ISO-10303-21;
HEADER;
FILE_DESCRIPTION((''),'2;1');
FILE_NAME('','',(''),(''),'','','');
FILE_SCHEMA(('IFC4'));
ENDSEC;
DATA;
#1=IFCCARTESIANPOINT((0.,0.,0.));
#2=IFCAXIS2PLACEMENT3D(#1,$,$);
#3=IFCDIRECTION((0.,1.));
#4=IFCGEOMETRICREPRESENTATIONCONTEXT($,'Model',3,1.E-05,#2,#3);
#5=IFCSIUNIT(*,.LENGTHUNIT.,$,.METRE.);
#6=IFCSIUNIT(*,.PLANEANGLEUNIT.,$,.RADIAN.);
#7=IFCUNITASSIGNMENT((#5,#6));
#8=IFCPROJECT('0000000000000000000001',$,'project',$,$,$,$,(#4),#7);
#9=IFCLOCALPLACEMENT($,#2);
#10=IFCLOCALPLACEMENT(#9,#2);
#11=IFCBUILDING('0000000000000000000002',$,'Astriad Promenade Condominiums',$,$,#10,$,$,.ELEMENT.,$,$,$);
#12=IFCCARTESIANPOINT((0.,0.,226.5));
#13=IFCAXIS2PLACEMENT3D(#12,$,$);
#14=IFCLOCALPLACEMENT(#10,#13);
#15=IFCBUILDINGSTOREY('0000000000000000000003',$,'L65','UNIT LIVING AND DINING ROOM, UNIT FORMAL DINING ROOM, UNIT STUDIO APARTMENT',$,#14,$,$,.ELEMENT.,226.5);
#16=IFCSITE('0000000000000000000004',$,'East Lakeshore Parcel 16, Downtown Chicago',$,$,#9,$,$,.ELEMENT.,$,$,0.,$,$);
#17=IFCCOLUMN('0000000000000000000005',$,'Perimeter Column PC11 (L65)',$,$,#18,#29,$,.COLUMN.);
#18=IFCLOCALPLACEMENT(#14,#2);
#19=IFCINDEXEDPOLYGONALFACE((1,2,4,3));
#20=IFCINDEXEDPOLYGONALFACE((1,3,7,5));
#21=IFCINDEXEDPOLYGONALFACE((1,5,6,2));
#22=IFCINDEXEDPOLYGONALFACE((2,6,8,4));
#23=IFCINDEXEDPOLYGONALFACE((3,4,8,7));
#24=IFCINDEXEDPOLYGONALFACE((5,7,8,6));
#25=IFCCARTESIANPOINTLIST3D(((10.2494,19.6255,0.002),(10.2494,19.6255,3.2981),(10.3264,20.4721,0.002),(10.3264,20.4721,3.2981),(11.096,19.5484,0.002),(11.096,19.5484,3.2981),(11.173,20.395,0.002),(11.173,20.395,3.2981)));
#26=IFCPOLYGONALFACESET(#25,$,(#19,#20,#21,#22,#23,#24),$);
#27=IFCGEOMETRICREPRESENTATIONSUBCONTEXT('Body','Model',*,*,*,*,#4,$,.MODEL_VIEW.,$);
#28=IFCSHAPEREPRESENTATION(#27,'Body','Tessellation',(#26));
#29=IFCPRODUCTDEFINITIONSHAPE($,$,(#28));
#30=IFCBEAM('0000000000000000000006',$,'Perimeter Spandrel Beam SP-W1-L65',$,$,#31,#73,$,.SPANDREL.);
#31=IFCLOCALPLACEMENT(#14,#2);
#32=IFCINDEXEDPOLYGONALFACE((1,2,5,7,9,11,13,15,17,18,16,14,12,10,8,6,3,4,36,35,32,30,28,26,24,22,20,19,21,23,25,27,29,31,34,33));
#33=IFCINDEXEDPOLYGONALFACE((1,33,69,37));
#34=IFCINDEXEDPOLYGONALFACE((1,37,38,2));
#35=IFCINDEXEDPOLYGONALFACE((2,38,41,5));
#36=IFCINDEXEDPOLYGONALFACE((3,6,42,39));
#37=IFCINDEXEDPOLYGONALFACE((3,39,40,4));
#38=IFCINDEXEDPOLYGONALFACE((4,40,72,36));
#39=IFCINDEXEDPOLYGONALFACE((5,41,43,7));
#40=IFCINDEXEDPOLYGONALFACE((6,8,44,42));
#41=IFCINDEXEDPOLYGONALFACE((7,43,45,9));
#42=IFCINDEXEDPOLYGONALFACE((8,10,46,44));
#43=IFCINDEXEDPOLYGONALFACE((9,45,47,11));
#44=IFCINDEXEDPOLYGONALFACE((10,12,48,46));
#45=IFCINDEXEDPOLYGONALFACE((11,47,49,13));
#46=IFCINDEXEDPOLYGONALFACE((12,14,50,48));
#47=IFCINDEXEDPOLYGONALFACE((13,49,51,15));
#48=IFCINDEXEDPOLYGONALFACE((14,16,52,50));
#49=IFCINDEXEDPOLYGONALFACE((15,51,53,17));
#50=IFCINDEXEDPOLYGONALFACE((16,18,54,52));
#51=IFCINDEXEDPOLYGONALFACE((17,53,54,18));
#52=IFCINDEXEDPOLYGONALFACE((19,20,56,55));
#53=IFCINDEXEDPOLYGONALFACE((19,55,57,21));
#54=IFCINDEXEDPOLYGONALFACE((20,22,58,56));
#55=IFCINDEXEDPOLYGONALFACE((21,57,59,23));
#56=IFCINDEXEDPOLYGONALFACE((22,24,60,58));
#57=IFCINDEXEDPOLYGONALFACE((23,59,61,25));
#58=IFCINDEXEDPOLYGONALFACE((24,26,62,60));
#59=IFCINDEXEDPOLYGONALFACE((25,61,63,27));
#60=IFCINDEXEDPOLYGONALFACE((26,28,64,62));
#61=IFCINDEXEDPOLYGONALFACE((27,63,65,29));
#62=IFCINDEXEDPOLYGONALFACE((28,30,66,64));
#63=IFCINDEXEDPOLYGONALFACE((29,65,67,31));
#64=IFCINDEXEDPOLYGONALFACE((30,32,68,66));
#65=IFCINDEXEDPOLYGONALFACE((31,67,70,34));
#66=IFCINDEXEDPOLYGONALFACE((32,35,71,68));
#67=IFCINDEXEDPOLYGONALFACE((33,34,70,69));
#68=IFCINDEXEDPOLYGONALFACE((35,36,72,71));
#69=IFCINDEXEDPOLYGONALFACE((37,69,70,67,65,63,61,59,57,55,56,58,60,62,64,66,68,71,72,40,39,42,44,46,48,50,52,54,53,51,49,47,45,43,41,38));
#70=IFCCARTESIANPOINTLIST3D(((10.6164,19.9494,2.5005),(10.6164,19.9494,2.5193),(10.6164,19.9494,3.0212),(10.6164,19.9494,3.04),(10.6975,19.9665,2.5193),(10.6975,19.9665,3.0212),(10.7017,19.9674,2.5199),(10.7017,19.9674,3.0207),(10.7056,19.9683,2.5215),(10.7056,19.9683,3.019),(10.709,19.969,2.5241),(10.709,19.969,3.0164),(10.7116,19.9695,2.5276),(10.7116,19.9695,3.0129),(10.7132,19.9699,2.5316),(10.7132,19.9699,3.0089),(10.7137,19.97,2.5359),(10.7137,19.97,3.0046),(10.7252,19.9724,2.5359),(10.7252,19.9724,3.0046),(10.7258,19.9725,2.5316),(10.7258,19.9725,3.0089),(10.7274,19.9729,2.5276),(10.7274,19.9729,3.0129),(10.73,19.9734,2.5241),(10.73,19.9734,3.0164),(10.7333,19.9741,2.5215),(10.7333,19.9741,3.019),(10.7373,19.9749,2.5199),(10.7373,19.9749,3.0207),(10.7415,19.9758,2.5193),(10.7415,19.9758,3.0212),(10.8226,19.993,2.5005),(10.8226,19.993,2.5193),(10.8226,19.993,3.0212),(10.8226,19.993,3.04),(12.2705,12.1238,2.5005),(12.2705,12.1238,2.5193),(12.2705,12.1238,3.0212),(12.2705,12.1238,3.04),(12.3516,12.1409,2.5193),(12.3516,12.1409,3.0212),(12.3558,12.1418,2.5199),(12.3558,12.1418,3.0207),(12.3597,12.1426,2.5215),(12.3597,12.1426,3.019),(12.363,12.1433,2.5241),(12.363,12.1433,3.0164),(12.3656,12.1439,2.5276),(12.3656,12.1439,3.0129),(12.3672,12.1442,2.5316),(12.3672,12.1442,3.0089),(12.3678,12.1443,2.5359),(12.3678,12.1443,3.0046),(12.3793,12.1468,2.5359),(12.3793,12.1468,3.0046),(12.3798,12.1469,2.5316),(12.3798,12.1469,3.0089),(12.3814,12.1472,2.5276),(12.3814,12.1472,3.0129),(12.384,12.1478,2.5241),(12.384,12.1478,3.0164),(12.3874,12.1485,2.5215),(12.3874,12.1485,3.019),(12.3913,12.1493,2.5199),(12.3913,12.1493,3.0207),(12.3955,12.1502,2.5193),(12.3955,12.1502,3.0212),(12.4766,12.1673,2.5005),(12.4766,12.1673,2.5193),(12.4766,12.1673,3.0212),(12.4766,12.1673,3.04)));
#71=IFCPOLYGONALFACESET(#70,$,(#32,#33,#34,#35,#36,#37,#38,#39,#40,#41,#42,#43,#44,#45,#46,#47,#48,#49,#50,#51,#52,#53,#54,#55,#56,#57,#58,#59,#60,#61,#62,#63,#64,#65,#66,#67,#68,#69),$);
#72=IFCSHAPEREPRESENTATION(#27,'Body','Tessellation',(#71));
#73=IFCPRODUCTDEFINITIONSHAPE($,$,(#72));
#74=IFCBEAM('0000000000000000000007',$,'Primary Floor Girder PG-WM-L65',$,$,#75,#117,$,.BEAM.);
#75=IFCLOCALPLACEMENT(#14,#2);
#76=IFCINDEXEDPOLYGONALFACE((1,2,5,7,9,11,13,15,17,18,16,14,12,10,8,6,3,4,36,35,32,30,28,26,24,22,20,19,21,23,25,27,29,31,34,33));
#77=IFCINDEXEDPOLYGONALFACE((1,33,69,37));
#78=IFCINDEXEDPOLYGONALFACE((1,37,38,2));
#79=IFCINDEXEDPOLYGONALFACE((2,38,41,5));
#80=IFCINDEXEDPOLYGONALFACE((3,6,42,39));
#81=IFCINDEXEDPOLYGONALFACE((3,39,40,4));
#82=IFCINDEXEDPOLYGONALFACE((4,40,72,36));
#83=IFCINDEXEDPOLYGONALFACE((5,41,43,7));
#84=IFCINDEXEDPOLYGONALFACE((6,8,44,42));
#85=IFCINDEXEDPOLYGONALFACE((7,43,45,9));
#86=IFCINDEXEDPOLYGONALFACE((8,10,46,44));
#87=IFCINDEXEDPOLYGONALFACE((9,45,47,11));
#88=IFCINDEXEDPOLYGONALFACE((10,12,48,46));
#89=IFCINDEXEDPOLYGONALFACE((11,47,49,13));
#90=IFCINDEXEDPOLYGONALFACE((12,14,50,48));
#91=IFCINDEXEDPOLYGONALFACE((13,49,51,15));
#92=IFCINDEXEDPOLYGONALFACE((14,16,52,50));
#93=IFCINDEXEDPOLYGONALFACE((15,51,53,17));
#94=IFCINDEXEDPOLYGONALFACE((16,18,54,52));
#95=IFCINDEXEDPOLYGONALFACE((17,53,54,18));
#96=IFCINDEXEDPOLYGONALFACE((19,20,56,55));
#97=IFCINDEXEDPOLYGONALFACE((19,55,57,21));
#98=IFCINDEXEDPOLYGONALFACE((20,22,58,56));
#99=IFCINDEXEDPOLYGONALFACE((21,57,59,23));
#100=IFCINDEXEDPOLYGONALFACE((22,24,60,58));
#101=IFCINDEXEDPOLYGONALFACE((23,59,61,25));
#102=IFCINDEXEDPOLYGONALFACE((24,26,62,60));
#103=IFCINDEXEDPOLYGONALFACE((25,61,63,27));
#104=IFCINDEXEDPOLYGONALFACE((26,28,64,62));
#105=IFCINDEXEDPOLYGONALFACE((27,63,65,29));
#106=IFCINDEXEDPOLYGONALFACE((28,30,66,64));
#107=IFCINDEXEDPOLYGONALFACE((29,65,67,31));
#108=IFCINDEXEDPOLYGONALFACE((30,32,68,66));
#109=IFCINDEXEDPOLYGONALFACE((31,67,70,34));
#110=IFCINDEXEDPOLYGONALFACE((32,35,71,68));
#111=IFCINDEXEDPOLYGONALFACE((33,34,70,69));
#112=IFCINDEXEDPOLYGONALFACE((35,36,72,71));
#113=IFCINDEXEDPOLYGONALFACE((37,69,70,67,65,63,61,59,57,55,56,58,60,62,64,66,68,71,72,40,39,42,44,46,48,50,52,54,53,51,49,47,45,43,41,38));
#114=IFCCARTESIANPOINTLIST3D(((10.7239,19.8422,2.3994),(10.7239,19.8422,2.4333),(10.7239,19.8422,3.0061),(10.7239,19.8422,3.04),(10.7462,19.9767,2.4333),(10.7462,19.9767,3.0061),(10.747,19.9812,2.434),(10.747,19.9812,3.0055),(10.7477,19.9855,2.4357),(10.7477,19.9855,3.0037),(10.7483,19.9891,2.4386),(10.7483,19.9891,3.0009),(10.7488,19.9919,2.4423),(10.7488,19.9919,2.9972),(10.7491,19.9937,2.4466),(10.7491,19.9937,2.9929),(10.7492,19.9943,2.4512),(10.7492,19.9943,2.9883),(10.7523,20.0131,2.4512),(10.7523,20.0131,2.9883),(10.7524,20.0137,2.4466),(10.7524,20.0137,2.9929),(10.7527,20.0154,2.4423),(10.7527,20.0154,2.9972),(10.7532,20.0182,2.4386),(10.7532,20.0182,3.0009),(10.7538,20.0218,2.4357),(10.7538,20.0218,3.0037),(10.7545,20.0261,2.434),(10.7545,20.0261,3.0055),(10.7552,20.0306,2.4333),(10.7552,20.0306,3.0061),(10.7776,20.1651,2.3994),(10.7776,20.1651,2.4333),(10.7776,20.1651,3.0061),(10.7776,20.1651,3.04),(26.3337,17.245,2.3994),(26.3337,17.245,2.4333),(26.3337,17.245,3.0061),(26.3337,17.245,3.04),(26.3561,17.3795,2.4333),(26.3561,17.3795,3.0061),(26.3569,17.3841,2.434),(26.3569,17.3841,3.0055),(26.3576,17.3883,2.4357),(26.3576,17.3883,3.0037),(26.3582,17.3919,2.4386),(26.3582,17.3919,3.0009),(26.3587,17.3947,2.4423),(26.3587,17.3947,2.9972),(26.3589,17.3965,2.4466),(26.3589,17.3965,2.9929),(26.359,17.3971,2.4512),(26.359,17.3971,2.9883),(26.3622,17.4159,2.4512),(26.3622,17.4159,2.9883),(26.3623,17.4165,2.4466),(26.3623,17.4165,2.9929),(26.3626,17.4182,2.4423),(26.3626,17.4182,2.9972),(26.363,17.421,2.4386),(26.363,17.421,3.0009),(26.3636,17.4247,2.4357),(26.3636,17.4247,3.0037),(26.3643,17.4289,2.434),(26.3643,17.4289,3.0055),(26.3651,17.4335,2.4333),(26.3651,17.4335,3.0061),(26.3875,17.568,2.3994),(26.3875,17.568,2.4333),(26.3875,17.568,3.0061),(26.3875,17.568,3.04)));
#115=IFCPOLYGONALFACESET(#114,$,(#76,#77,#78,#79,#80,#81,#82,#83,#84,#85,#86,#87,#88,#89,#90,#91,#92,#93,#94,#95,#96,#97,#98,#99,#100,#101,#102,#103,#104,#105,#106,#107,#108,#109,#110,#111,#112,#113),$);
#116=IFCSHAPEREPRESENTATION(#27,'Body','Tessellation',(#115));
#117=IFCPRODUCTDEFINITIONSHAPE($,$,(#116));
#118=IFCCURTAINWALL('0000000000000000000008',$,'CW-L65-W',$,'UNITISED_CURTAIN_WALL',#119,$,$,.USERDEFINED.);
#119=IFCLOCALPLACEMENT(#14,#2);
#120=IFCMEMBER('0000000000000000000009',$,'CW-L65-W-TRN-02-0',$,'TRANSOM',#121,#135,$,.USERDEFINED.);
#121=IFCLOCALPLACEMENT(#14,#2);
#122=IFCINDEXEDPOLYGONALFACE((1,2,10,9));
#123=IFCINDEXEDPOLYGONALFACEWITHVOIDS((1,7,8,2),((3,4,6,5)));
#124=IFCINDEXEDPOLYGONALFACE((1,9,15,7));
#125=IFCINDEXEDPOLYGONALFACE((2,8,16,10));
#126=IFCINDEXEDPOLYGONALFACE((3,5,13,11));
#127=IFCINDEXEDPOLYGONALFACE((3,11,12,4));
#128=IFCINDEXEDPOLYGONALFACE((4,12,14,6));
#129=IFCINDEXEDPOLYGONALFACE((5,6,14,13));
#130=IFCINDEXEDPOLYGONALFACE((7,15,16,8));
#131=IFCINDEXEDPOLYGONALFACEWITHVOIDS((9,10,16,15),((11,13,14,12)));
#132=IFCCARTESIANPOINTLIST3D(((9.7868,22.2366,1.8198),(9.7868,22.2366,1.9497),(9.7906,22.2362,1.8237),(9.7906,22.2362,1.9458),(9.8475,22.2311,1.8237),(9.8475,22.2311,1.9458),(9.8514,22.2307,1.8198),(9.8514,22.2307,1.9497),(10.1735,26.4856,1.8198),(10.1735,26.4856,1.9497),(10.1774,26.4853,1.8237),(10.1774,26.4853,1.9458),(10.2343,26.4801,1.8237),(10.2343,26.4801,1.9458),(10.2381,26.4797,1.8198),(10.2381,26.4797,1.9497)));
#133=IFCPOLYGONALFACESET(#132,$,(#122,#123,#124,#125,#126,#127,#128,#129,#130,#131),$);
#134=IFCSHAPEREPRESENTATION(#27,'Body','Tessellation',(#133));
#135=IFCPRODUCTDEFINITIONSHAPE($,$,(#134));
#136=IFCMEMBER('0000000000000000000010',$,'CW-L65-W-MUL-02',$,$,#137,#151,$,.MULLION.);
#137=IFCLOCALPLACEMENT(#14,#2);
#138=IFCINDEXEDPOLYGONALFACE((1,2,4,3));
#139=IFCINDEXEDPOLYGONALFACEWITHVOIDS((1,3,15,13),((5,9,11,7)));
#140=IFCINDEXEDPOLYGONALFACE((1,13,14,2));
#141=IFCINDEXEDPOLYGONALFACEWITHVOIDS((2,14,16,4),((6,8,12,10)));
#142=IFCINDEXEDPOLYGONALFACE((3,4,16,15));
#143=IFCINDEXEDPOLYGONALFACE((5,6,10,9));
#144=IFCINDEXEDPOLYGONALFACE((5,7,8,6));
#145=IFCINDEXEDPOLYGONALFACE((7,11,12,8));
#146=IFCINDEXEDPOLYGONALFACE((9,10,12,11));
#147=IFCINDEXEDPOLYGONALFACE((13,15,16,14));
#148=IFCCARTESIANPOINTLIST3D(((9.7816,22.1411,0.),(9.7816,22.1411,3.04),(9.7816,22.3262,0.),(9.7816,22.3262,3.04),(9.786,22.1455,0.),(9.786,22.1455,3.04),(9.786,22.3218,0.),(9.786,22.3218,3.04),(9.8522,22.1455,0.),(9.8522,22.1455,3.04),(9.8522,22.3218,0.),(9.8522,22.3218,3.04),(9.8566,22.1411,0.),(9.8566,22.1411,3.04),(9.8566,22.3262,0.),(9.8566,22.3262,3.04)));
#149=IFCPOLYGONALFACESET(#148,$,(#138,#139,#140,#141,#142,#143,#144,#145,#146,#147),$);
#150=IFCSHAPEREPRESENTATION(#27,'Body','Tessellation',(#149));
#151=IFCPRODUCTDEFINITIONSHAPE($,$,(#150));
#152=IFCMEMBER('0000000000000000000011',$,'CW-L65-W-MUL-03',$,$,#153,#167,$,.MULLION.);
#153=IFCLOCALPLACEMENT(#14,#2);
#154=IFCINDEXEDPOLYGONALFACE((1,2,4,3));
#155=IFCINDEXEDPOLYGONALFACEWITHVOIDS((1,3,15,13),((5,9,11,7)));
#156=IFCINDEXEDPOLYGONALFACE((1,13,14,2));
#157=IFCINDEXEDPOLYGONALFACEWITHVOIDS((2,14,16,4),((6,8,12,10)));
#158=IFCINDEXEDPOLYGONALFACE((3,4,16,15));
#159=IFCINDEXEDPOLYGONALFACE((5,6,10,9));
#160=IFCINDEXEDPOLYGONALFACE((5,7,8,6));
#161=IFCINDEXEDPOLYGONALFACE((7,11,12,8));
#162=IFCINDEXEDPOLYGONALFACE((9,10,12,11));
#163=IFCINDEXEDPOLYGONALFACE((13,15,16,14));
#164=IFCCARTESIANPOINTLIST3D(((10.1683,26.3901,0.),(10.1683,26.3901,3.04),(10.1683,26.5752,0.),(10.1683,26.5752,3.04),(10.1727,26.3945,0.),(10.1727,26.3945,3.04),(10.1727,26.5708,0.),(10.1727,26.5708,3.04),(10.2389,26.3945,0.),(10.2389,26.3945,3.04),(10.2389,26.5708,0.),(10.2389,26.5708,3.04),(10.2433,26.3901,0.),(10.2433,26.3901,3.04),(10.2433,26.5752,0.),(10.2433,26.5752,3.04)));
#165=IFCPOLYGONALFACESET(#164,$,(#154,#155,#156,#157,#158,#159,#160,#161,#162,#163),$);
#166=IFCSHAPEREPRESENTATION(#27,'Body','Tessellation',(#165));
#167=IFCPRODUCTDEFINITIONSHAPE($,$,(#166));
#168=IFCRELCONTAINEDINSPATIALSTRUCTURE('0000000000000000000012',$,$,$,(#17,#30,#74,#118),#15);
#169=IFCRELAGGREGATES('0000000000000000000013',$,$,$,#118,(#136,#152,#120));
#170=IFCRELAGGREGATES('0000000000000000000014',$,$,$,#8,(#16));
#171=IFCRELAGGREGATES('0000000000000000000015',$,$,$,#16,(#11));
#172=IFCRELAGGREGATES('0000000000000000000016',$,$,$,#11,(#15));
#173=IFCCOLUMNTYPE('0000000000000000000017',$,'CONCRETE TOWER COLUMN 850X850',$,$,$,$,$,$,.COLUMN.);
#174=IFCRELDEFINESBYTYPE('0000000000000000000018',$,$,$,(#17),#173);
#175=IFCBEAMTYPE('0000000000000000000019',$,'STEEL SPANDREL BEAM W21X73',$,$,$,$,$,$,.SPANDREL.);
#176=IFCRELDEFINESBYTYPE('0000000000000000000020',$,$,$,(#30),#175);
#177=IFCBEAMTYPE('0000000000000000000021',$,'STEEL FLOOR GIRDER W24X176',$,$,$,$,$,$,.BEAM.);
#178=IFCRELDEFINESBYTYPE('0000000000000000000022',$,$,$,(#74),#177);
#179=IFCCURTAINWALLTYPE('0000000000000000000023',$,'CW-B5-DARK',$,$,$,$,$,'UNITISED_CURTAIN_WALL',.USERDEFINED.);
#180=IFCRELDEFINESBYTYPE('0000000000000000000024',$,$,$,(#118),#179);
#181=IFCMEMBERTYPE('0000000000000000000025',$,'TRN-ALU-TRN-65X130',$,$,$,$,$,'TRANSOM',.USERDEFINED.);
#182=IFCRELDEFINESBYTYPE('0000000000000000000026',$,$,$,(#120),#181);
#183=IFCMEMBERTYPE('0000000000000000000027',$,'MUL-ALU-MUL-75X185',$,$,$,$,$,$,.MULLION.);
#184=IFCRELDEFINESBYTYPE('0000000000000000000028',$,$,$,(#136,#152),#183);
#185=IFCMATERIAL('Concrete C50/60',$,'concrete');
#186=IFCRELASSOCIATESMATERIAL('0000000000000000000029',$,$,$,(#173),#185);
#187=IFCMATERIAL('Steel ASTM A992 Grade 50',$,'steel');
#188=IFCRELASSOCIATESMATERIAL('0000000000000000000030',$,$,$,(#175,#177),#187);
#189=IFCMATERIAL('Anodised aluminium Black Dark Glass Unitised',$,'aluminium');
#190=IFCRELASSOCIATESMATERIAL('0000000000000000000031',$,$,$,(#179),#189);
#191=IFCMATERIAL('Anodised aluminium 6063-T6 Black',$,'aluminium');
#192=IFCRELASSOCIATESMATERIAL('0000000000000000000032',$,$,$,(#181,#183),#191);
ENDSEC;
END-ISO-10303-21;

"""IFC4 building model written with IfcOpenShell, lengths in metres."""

from ifc_helpers import new_model, si_unit, direction, frame, origin, origin_2d, place, context, subcontext, project, spatial, rectangle, hollow_rectangle, i_section, extrude, source, transform, mapped, material, material_profile, profile_set, type_object, type_shapes, element, aggregate, save


model = new_model("IFC4")

# Units and contexts
model_context = context("Model", 3, precision=1e-05, world=origin(), true_north=direction((0.0, 1.0)))
body_context = subcontext(model_context, "Body", "Model", "MODEL_VIEW")
ifc_project = project(units=[si_unit("LENGTHUNIT", "METRE"), si_unit("PLANEANGLEUNIT", "RADIAN")], contexts=[model_context])

# Site, building, storey
site_placement = place(None, origin())
site = spatial("IfcSite", under=ifc_project, at=site_placement, Name="East Lakeshore Parcel 16, Downtown Chicago", CompositionType="ELEMENT", RefElevation=0.0)
building_placement = place(site_placement, origin())
building = spatial("IfcBuilding", under=site, at=building_placement, Name="Astriad Promenade Condominiums", CompositionType="ELEMENT")
storey_placement = place(building_placement, frame((0.0, 0.0, 226.5)))
storey = spatial("IfcBuildingStorey", under=building, at=storey_placement, Name="L65", Description="UNIT LIVING AND DINING ROOM, UNIT FORMAL DINING ROOM, UNIT STUDIO APARTMENT", CompositionType="ELEMENT", Elevation=226.5)

# Column
ifc_material_1 = material(Name="Concrete C50/60", Category="concrete")
ifc_material_profile_1 = material_profile(ifc_material_1, rectangle(XDim=0.8501, YDim=0.8501, at=origin_2d()), Name="RC-COL-850X850")
ifc_profile_set_1 = profile_set([ifc_material_profile_1], Name="Concrete C50/60")
column_type = type_object("IfcColumnType", Name="CONCRETE TOWER COLUMN 850X850", PredefinedType="COLUMN", material=ifc_profile_set_1)
shared_shape_1 = source(origin(), body_context, "Body", "SweptSolid", [
    extrude(rectangle(XDim=0.8501, YDim=0.8501, at=origin_2d()), origin(), (0.0, 0.0, 1.0), 3.2961),
])
type_shapes(column_type, [shared_shape_1])
column_placement = place(storey_placement, frame((10.7112, 20.0103, 0.002), z_axis=(0.0, 0.0, 1.0), x_axis=(0.995884, -0.090633, 0.0)))
element("IfcColumn", 1, at=column_placement, inside=storey, type_object=column_type, Name="Perimeter Column PC11 (L65)", PredefinedType="COLUMN", context=body_context, shape_type="MappedRepresentation", body=[
    mapped(shared_shape_1, transform((0.0, 0.0, 0.0), scale=1.0)),
])

# Beams
ifc_material_2 = material(Name="Steel ASTM A992 Grade 50", Category="steel")
ifc_material_profile_2 = material_profile(ifc_material_2, i_section(OverallWidth=0.2107, OverallDepth=0.5396, WebThickness=0.0117, FlangeThickness=0.0188, FilletRadius=0.0166, at=origin_2d()), Name="W21X73")
ifc_profile_set_2 = profile_set([ifc_material_profile_2], Name="Steel ASTM A992 Grade 50")
beam_type_1 = type_object("IfcBeamType", Name="STEEL SPANDREL BEAM W21X73", PredefinedType="SPANDREL", material=ifc_profile_set_2)
shared_shape_2 = source(origin(), body_context, "Body", "SweptSolid", [
    extrude(i_section(OverallWidth=0.2107, OverallDepth=0.5396, WebThickness=0.0117, FlangeThickness=0.0188, FilletRadius=0.0166, at=origin_2d()), origin(), (0.0, 0.0, 1.0), 7.9985),
])
type_shapes(beam_type_1, [shared_shape_2])
beam_1_placement = place(storey_placement, frame((10.7195, 19.9712, 2.7703), z_axis=(0.206793, -0.978385, 0.0), x_axis=(0.978385, 0.206793, 0.0)))
element("IfcBeam", 2, at=beam_1_placement, inside=storey, type_object=beam_type_1, Name="Perimeter Spandrel Beam SP-W1-L65", PredefinedType="SPANDREL", context=body_context, shape_type="MappedRepresentation", body=[
    mapped(shared_shape_2, transform((0.0, 0.0, 0.0), scale=1.0)),
])
ifc_material_profile_3 = material_profile(ifc_material_2, i_section(OverallWidth=0.3274, OverallDepth=0.6406, WebThickness=0.019, FlangeThickness=0.0339, FilletRadius=0.0178, at=origin_2d()), Name="W24X176")
ifc_profile_set_3 = profile_set([ifc_material_profile_3], Name="Steel ASTM A992 Grade 50")
beam_type_2 = type_object("IfcBeamType", Name="STEEL FLOOR GIRDER W24X176", PredefinedType="BEAM", material=ifc_profile_set_3)
shared_shape_3 = source(origin(), body_context, "Body", "SweptSolid", [
    extrude(i_section(OverallWidth=0.3274, OverallDepth=0.6406, WebThickness=0.019, FlangeThickness=0.0339, FilletRadius=0.0178, at=origin_2d()), origin(), (0.0, 0.0, 1.0), 15.8245),
])
type_shapes(beam_type_2, [shared_shape_3])
beam_2_placement = place(storey_placement, frame((10.7507, 20.0037, 2.7197), z_axis=(0.98644, -0.164124, 0.0), x_axis=(0.164124, 0.98644, 0.0)))
element("IfcBeam", 3, at=beam_2_placement, inside=storey, type_object=beam_type_2, Name="Primary Floor Girder PG-WM-L65", PredefinedType="BEAM", context=body_context, shape_type="MappedRepresentation", body=[
    mapped(shared_shape_3, transform((0.0, 0.0, 0.0), scale=1.0)),
])

# Curtain wall, members
ifc_material_3 = material(Name="Anodised aluminium Black Dark Glass Unitised", Category="aluminium")
curtain_wall_type = type_object("IfcCurtainWallType", Name="CW-B5-DARK", ElementType="UNITISED_CURTAIN_WALL", PredefinedType="USERDEFINED", material=ifc_material_3)
curtain_wall_placement = place(storey_placement, origin())
curtain_wall = element("IfcCurtainWall", 4, at=curtain_wall_placement, inside=storey, type_object=curtain_wall_type, Name="CW-L65-W", ObjectType="UNITISED_CURTAIN_WALL", PredefinedType="USERDEFINED")
ifc_material_4 = material(Name="Anodised aluminium 6063-T6 Black", Category="aluminium")
ifc_material_profile_4 = material_profile(ifc_material_4, hollow_rectangle(XDim=0.0649, YDim=0.1299, WallThickness=0.0039, at=origin_2d()), Name="ALU-TRN-65X130")
ifc_profile_set_4 = profile_set([ifc_material_profile_4], Name="Anodised aluminium 6063-T6 Black")
member_type_1 = type_object("IfcMemberType", Name="TRN-ALU-TRN-65X130", ElementType="TRANSOM", PredefinedType="USERDEFINED", material=ifc_profile_set_4)
shared_shape_4 = source(origin(), body_context, "Body", "SweptSolid", [
    extrude(hollow_rectangle(XDim=0.0649, YDim=0.1299, WallThickness=0.0039, at=origin_2d()), origin(), (0.0, 0.0, 1.0), 4.2666),
])
type_shapes(member_type_1, [shared_shape_4])
member_1_placement = place(storey_placement, frame((9.8191, 22.2336, 1.8848), z_axis=(0.090639, 0.995884, 0.0), x_axis=(-0.995884, 0.090639, 0.0)))
member_1 = element("IfcMember", 5, at=member_1_placement, type_object=member_type_1, Name="CW-L65-W-TRN-02-0", ObjectType="TRANSOM", PredefinedType="USERDEFINED", context=body_context, shape_type="MappedRepresentation", body=[
    mapped(shared_shape_4, transform((0.0, 0.0, 0.0), scale=1.0)),
])
ifc_material_profile_5 = material_profile(ifc_material_4, hollow_rectangle(XDim=0.075, YDim=0.1851, WallThickness=0.0044, at=origin_2d()), Name="ALU-MUL-75X185")
ifc_profile_set_5 = profile_set([ifc_material_profile_5], Name="Anodised aluminium 6063-T6 Black")
member_type_2 = type_object("IfcMemberType", Name="MUL-ALU-MUL-75X185", PredefinedType="MULLION", material=ifc_profile_set_5)
shared_shape_5 = source(origin(), body_context, "Body", "SweptSolid", [
    extrude(hollow_rectangle(XDim=0.075, YDim=0.1851, WallThickness=0.0044, at=origin_2d()), origin(), (0.0, 0.0, 1.0), 3.04),
])
type_shapes(member_type_2, [shared_shape_5])
member_2_placement = place(storey_placement, frame((9.8191, 22.2336, 0.0), z_axis=(0.0, 0.0, 1.0), x_axis=(1.0, 0.0, 0.0)))
member_2 = element("IfcMember", 6, at=member_2_placement, type_object=member_type_2, Name="CW-L65-W-MUL-02", PredefinedType="MULLION", context=body_context, shape_type="MappedRepresentation", body=[
    mapped(shared_shape_5, transform((0.0, 0.0, 0.0), scale=1.0)),
])
member_3_placement = place(storey_placement, frame((10.2058, 26.4827, 0.0), z_axis=(0.0, 0.0, 1.0), x_axis=(1.0, 0.0, 0.0)))
member_3 = element("IfcMember", 7, at=member_3_placement, type_object=member_type_2, Name="CW-L65-W-MUL-03", PredefinedType="MULLION", context=body_context, shape_type="MappedRepresentation", body=[
    mapped(shared_shape_5, transform((0.0, 0.0, 0.0), scale=1.0)),
])
aggregate(curtain_wall, [member_2, member_3, member_1])

save(model, "model.ifc")
